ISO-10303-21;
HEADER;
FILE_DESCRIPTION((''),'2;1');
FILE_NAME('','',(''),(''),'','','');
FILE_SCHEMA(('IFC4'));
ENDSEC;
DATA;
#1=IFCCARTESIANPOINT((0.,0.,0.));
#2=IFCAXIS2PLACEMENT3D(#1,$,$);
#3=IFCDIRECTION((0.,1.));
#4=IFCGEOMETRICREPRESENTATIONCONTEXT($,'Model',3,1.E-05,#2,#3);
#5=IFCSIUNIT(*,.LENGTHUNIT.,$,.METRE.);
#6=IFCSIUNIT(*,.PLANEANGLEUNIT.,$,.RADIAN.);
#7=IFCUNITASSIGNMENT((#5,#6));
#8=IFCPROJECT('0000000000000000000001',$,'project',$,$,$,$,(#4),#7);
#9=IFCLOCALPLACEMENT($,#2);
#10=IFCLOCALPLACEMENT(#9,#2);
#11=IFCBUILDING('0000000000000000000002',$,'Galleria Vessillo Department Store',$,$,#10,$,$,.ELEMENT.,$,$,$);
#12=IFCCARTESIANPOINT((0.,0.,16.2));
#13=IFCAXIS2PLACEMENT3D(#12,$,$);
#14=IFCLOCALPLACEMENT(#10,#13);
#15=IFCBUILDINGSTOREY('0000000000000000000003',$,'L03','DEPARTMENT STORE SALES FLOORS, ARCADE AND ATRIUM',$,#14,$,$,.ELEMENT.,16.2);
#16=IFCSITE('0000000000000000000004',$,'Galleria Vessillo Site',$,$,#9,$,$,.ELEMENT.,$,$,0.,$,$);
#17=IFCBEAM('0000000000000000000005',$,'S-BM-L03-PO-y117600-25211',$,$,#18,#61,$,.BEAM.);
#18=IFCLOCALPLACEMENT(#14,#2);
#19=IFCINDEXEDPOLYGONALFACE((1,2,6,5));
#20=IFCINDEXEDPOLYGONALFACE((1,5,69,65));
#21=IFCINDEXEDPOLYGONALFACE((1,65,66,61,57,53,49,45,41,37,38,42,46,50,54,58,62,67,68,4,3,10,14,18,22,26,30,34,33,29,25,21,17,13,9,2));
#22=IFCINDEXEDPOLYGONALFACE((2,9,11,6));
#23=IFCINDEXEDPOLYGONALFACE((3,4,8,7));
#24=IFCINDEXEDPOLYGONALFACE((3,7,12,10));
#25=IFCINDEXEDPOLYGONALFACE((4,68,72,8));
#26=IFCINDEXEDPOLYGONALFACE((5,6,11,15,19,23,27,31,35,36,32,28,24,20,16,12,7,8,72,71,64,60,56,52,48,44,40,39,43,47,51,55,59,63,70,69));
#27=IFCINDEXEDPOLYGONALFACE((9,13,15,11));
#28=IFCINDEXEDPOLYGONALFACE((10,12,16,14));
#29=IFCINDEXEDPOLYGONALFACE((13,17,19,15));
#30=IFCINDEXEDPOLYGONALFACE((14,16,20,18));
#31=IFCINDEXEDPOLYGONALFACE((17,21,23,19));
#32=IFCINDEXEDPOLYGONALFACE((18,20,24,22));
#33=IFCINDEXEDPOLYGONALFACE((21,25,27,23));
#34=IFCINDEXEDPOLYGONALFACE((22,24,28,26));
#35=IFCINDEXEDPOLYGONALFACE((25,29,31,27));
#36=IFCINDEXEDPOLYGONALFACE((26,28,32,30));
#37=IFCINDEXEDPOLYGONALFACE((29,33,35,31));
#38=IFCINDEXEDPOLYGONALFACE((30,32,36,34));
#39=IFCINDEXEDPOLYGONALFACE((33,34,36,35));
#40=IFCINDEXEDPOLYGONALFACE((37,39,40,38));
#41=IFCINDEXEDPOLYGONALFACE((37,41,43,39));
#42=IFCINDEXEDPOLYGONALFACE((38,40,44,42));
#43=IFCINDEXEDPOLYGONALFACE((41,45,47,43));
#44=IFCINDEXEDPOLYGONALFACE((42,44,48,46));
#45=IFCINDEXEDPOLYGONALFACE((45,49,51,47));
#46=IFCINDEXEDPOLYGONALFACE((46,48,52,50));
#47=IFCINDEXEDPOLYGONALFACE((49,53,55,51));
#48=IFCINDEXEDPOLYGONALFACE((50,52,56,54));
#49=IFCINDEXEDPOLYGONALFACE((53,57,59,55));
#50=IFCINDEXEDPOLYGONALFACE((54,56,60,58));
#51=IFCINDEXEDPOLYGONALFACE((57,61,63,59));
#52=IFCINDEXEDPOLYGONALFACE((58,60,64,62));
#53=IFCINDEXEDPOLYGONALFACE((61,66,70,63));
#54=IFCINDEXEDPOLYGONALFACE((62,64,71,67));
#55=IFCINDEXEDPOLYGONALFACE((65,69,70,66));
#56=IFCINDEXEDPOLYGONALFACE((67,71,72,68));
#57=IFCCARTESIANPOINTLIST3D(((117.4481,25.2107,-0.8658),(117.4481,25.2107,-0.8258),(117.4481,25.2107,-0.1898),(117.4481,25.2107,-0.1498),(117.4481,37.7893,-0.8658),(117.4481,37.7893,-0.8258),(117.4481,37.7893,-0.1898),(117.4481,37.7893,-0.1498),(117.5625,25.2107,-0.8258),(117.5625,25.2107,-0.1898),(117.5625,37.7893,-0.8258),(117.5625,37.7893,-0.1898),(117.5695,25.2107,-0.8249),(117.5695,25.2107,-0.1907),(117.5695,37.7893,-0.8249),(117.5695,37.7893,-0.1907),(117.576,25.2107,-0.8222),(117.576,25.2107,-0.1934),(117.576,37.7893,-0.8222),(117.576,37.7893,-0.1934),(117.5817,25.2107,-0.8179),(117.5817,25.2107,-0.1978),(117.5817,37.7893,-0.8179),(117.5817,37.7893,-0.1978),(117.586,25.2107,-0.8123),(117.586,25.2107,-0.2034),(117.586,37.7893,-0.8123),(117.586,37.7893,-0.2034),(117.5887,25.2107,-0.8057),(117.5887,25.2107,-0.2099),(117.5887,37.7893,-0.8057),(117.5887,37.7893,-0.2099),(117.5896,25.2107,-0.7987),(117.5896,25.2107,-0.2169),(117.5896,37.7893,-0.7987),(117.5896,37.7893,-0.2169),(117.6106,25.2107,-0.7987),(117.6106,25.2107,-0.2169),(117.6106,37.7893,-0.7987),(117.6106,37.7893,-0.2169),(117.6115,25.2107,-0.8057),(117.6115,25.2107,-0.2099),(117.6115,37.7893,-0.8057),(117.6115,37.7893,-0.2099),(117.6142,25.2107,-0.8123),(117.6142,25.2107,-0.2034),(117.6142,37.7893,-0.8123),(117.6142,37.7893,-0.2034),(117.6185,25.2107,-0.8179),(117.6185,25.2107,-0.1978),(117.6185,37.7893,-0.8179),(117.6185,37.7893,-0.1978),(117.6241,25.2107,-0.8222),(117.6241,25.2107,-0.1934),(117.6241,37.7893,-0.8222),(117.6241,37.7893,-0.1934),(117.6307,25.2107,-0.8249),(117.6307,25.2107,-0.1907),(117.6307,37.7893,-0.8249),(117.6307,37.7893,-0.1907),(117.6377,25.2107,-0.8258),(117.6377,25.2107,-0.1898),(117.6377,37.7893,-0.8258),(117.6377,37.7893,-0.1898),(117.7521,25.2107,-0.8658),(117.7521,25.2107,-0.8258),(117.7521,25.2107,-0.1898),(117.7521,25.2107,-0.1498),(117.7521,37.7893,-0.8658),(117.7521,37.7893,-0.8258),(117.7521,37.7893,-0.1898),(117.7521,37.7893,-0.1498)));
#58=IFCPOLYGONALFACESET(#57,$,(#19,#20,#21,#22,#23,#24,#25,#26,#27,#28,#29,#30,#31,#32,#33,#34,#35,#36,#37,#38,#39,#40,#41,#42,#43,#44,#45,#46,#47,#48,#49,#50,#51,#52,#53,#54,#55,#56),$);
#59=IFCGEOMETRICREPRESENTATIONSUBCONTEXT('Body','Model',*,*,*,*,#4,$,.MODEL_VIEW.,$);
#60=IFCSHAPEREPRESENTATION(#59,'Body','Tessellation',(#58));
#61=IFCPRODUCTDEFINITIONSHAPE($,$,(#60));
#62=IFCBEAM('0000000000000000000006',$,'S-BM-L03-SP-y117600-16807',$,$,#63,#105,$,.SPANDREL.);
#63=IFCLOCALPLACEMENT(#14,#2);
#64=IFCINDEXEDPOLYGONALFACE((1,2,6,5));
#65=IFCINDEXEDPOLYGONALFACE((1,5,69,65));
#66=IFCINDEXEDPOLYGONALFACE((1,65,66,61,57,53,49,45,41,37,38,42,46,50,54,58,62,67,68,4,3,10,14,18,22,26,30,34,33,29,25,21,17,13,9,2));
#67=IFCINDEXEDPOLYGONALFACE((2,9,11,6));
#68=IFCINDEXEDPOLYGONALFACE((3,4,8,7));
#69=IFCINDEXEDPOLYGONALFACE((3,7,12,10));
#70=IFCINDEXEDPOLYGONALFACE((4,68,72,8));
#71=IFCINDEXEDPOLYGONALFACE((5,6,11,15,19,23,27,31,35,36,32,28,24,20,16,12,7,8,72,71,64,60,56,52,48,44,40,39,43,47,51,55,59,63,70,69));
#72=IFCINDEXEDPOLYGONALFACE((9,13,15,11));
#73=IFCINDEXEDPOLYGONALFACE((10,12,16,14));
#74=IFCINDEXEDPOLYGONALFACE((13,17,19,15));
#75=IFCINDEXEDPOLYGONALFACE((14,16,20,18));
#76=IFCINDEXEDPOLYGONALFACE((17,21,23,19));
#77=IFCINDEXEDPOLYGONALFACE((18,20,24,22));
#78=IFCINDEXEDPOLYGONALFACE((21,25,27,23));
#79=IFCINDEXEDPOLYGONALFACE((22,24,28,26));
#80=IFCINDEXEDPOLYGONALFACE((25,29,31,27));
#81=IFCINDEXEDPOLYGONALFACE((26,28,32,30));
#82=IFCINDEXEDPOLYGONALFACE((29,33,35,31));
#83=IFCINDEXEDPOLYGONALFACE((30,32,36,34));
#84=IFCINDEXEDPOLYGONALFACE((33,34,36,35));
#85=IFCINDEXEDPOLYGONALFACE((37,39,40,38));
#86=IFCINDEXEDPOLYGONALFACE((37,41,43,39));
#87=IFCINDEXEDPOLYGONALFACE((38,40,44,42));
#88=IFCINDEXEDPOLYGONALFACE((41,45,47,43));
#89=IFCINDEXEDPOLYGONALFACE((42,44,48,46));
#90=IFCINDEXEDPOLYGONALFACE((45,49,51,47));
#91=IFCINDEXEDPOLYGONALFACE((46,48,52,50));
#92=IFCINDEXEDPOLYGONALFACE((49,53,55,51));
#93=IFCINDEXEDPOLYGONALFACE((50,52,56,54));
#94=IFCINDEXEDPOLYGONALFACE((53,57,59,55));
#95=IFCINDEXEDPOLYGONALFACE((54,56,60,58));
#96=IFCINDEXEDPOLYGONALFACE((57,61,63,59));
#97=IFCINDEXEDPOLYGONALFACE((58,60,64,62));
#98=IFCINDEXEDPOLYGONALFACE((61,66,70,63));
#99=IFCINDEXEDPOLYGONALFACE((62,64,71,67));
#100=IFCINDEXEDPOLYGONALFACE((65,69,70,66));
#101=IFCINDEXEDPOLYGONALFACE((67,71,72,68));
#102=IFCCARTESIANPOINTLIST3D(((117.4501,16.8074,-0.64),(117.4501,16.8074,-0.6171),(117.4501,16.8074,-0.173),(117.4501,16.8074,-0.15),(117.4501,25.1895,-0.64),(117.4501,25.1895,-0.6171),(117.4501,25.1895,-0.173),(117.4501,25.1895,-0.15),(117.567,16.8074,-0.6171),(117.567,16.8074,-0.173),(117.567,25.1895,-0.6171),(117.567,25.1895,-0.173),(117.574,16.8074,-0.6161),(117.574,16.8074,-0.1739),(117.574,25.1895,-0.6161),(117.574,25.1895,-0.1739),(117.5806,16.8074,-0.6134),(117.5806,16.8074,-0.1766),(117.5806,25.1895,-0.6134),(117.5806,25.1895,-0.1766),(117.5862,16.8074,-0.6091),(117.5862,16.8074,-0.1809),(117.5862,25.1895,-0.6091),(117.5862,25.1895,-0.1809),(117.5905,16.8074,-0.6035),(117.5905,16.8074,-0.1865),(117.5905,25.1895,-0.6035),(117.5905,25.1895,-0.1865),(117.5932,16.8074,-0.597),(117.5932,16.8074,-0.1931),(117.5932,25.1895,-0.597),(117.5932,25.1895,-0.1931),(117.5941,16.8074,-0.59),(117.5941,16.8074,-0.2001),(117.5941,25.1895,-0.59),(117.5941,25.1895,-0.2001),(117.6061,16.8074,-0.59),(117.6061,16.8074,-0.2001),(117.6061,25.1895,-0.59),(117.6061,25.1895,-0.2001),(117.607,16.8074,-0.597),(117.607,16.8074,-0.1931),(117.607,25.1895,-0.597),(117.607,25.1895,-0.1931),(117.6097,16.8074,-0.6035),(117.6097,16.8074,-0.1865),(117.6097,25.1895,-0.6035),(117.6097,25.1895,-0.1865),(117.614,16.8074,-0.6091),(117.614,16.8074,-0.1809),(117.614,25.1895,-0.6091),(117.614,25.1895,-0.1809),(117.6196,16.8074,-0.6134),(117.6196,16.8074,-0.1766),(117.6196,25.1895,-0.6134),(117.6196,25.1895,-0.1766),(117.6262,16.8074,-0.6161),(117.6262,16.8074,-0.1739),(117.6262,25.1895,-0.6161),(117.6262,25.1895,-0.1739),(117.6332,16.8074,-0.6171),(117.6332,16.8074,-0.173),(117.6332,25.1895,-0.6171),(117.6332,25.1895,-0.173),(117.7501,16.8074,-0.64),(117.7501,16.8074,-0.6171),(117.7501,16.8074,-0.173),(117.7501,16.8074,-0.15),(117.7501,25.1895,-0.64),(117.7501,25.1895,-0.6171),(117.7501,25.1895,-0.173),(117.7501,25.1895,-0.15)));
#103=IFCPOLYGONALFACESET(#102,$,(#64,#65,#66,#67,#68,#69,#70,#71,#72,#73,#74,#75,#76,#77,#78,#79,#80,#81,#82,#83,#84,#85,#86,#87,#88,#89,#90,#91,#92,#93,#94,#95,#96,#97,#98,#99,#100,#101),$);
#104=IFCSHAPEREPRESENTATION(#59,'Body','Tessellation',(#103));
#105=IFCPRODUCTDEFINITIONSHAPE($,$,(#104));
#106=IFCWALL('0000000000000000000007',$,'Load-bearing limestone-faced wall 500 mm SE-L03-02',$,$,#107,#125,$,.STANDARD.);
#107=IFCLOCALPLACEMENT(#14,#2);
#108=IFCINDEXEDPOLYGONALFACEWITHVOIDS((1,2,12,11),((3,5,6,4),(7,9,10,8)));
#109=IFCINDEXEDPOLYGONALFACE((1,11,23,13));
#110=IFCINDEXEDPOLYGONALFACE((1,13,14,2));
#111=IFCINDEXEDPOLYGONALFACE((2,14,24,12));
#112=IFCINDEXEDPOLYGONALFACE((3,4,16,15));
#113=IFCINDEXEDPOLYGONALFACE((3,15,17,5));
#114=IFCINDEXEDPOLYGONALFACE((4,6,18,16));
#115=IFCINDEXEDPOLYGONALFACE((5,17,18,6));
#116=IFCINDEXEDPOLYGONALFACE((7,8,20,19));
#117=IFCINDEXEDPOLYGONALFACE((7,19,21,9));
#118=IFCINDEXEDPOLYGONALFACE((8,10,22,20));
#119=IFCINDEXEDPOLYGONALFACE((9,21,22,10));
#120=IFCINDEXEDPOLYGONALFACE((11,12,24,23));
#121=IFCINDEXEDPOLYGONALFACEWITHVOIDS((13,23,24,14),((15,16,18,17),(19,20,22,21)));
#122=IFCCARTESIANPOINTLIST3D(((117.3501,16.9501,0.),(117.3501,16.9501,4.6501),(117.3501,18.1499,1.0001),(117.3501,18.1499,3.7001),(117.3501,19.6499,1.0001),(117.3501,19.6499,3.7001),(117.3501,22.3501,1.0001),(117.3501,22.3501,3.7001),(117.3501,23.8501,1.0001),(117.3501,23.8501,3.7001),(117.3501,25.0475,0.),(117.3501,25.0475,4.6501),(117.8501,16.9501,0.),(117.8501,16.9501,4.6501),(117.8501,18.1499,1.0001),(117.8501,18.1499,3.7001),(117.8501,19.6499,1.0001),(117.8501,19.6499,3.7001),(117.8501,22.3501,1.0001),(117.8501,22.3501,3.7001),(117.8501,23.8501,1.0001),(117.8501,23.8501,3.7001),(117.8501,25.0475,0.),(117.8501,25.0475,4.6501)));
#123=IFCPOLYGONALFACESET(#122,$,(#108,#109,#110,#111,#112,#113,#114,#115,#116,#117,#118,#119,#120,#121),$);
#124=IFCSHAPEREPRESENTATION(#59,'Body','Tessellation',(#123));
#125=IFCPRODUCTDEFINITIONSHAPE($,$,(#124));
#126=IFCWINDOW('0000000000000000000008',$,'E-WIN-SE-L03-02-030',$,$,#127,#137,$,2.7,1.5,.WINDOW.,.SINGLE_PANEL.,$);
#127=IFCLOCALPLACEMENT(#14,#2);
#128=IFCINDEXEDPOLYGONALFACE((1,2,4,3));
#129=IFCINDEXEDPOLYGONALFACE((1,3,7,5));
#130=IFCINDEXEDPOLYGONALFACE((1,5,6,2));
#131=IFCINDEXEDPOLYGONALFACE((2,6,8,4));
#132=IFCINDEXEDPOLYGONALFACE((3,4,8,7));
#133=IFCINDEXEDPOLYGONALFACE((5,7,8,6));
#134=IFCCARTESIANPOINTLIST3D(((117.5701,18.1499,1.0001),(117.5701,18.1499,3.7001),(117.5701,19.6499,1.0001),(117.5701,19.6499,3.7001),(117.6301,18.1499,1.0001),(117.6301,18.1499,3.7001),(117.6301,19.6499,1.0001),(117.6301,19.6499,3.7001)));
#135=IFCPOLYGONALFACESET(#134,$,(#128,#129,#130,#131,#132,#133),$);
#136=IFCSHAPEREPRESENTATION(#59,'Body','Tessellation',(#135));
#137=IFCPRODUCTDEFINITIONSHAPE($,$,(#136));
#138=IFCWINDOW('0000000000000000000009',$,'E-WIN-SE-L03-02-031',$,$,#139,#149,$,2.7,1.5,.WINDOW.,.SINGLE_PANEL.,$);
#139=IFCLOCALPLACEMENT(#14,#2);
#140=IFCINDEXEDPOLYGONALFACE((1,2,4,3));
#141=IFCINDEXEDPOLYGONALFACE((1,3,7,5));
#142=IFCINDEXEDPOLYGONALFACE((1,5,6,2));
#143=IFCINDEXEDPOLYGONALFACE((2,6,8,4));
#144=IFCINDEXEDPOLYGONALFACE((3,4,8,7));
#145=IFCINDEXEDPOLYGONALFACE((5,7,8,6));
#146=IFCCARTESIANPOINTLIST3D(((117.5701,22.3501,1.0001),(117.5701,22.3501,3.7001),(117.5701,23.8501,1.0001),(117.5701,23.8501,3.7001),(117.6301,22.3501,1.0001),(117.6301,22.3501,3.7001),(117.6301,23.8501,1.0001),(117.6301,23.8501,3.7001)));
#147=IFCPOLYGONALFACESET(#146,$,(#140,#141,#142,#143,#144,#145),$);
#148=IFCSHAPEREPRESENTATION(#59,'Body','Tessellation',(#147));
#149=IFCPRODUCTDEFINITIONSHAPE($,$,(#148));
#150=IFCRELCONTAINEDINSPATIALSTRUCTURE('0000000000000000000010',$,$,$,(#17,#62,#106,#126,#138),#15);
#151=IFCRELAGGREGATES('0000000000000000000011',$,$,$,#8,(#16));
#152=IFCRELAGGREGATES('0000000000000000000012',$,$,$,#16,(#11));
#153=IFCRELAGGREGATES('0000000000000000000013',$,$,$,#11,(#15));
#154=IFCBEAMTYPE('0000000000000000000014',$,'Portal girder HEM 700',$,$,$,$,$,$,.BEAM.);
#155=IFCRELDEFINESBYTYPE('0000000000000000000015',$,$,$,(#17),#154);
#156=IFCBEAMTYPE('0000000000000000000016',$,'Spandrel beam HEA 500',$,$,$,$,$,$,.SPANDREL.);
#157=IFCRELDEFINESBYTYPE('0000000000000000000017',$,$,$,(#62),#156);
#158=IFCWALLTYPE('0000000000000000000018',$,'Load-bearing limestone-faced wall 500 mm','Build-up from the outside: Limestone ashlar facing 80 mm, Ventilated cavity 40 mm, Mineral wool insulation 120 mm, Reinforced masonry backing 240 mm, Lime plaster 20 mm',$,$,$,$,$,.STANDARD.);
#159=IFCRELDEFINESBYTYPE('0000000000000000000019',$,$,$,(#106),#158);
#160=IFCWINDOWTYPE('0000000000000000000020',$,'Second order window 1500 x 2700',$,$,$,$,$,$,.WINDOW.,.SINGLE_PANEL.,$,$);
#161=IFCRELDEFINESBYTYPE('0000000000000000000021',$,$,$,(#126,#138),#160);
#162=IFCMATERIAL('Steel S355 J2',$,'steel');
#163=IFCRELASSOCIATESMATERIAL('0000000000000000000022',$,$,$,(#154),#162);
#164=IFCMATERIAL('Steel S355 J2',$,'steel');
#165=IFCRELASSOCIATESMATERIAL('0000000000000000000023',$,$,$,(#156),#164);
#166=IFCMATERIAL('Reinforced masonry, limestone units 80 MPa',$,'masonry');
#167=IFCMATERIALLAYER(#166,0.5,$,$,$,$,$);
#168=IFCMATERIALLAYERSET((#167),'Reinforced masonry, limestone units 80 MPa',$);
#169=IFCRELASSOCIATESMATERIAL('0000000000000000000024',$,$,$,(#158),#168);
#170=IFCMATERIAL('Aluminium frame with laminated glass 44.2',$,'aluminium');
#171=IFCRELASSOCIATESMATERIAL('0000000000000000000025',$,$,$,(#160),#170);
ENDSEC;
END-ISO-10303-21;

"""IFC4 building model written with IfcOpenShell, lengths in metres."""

from ifc_helpers import new_model, si_unit, direction, frame, frame_2d, origin, origin_2d, place, context, subcontext, project, spatial, rectangle, i_section, extrude, material, layer, layer_set, material_profile, profile_set, type_object, element, fill, save


model = new_model("IFC4")

# Units and contexts
model_context = context("Model", 3, precision=1e-05, world=origin(), true_north=direction((0.0, 1.0)))
body_context = subcontext(model_context, "Body", "Model", "MODEL_VIEW")
ifc_project = project(units=[si_unit("LENGTHUNIT", "METRE"), si_unit("PLANEANGLEUNIT", "RADIAN")], contexts=[model_context])

# Site, building, storey
site_placement = place(None, origin())
site = spatial("IfcSite", under=ifc_project, at=site_placement, Name="Galleria Vessillo Site", CompositionType="ELEMENT", RefElevation=0.0)
building_placement = place(site_placement, origin())
building = spatial("IfcBuilding", under=site, at=building_placement, Name="Galleria Vessillo Department Store", CompositionType="ELEMENT")
storey_placement = place(building_placement, frame((0.0, 0.0, 16.2)))
storey = spatial("IfcBuildingStorey", under=building, at=storey_placement, Name="L03", Description="DEPARTMENT STORE SALES FLOORS, ARCADE AND ATRIUM", CompositionType="ELEMENT", Elevation=16.2)

# Beams
ifc_material_1 = material(Name="Steel S355 J2", Category="steel")
ifc_material_profile_1 = material_profile(ifc_material_1, i_section(OverallWidth=0.304, OverallDepth=0.7161, WebThickness=0.021, FlangeThickness=0.04, FilletRadius=0.0271, at=origin_2d()), Name="HEM 700")
ifc_profile_set_1 = profile_set([ifc_material_profile_1], Name="Steel S355 J2")
beam_type_1 = type_object("IfcBeamType", Name="Portal girder HEM 700", PredefinedType="BEAM", material=ifc_profile_set_1)
beam_1_placement = place(storey_placement, frame((117.6001, 25.2107, -0.5078), z_axis=(0.0, 1.0, 0.0), x_axis=(-1.0, 0.0, 0.0)))
element("IfcBeam", 1, at=beam_1_placement, inside=storey, type_object=beam_type_1, Name="S-BM-L03-PO-y117600-25211", PredefinedType="BEAM", context=body_context, shape_type="SweptSolid", body=[
    extrude(i_section(OverallWidth=0.304, OverallDepth=0.7161, WebThickness=0.021, FlangeThickness=0.04, FilletRadius=0.0271, at=origin_2d()), origin(), (0.0, 0.0, 1.0), 12.5786),
])
ifc_material_2 = material(Name="Steel S355 J2", Category="steel")
ifc_material_profile_2 = material_profile(ifc_material_2, i_section(OverallWidth=0.3, OverallDepth=0.49, WebThickness=0.012, FlangeThickness=0.0229, FilletRadius=0.0271, at=origin_2d()), Name="HEA 500")
ifc_profile_set_2 = profile_set([ifc_material_profile_2], Name="Steel S355 J2")
beam_type_2 = type_object("IfcBeamType", Name="Spandrel beam HEA 500", PredefinedType="SPANDREL", material=ifc_profile_set_2)
beam_2_placement = place(storey_placement, frame((117.6001, 16.8074, -0.395), z_axis=(0.0, 1.0, 0.0), x_axis=(-1.0, 0.0, 0.0)))
element("IfcBeam", 2, at=beam_2_placement, inside=storey, type_object=beam_type_2, Name="S-BM-L03-SP-y117600-16807", PredefinedType="SPANDREL", context=body_context, shape_type="SweptSolid", body=[
    extrude(i_section(OverallWidth=0.3, OverallDepth=0.49, WebThickness=0.012, FlangeThickness=0.0229, FilletRadius=0.0271, at=origin_2d()), origin(), (0.0, 0.0, 1.0), 8.3821),
])

# Wall, openings, windows
ifc_material_3 = material(Name="Reinforced masonry, limestone units 80 MPa", Category="masonry")
ifc_layer_1 = layer(ifc_material_3, 0.5)
ifc_layer_set_1 = layer_set([ifc_layer_1], Name="Reinforced masonry, limestone units 80 MPa")
wall_type_1 = type_object("IfcWallType", Name="Load-bearing limestone-faced wall 500 mm", Description="Build-up from the outside: Limestone ashlar facing 80 mm, Ventilated cavity 40 mm, Mineral wool insulation 120 mm, Reinforced masonry backing 240 mm, Lime plaster 20 mm", PredefinedType="STANDARD", material=ifc_layer_set_1)
wall_1_placement = place(storey_placement, frame((117.6001, 16.95, 0.0), z_axis=(0.0, 0.0, 1.0), x_axis=(0.0, 1.0, 0.0)))
wall_1 = element("IfcWall", 3, at=wall_1_placement, inside=storey, type_object=wall_type_1, Name="Load-bearing limestone-faced wall 500 mm SE-L03-02", PredefinedType="STANDARD", context=body_context, shape_type="SweptSolid", body=[
    extrude(rectangle(XDim=8.0974, YDim=0.5, at=frame_2d((4.0488, 0.0))), origin(), (0.0, 0.0, 1.0), 4.6501),
])
opening_1_placement = place(wall_1_placement, frame((1.2, 0.0, 1.0)))
opening_1 = element("IfcOpeningElement", 4, at=opening_1_placement, cuts=wall_1, PredefinedType="OPENING", context=body_context, shape_type="SweptSolid", body=[
    extrude(rectangle(XDim=1.5, YDim=2.7, at=frame_2d((0.75, 1.3501))), frame((0.0, 0.26, 0.0), z_axis=(0.0, -1.0, 0.0), x_axis=(1.0, 0.0, 0.0)), (0.0, 0.0, 1.0), 0.52),
])
opening_2_placement = place(wall_1_placement, frame((5.4001, 0.0, 1.0)))
opening_2 = element("IfcOpeningElement", 5, at=opening_2_placement, cuts=wall_1, PredefinedType="OPENING", context=body_context, shape_type="SweptSolid", body=[
    extrude(rectangle(XDim=1.5, YDim=2.7, at=frame_2d((0.75, 1.3501))), frame((0.0, 0.26, 0.0), z_axis=(0.0, -1.0, 0.0), x_axis=(1.0, 0.0, 0.0)), (0.0, 0.0, 1.0), 0.52),
])
ifc_material_4 = material(Name="Aluminium frame with laminated glass 44.2", Category="aluminium")
window_type = type_object("IfcWindowType", Name="Second order window 1500 x 2700", PartitioningType="SINGLE_PANEL", PredefinedType="WINDOW", material=ifc_material_4)
window_1_placement = place(opening_1_placement, origin())
window_1 = element("IfcWindow", 6, at=window_1_placement, inside=storey, type_object=window_type, Name="E-WIN-SE-L03-02-030", OverallHeight=2.7, OverallWidth=1.5, PartitioningType="SINGLE_PANEL", PredefinedType="WINDOW", context=body_context, shape_type="SweptSolid", body=[
    extrude(rectangle(XDim=1.5, YDim=2.7, at=frame_2d((0.75, 1.3501))), frame((0.0, 0.03, 0.0), z_axis=(0.0, -1.0, 0.0), x_axis=(1.0, 0.0, 0.0)), (0.0, 0.0, 1.0), 0.0601),
])
fill(opening_1, window_1)
window_2_placement = place(opening_2_placement, origin())
window_2 = element("IfcWindow", 7, at=window_2_placement, inside=storey, type_object=window_type, Name="E-WIN-SE-L03-02-031", OverallHeight=2.7, OverallWidth=1.5, PartitioningType="SINGLE_PANEL", PredefinedType="WINDOW", context=body_context, shape_type="SweptSolid", body=[
    extrude(rectangle(XDim=1.5, YDim=2.7, at=frame_2d((0.75, 1.3501))), frame((0.0, 0.03, 0.0), z_axis=(0.0, -1.0, 0.0), x_axis=(1.0, 0.0, 0.0)), (0.0, 0.0, 1.0), 0.0601),
])
fill(opening_2, window_2)

save(model, "model.ifc")
